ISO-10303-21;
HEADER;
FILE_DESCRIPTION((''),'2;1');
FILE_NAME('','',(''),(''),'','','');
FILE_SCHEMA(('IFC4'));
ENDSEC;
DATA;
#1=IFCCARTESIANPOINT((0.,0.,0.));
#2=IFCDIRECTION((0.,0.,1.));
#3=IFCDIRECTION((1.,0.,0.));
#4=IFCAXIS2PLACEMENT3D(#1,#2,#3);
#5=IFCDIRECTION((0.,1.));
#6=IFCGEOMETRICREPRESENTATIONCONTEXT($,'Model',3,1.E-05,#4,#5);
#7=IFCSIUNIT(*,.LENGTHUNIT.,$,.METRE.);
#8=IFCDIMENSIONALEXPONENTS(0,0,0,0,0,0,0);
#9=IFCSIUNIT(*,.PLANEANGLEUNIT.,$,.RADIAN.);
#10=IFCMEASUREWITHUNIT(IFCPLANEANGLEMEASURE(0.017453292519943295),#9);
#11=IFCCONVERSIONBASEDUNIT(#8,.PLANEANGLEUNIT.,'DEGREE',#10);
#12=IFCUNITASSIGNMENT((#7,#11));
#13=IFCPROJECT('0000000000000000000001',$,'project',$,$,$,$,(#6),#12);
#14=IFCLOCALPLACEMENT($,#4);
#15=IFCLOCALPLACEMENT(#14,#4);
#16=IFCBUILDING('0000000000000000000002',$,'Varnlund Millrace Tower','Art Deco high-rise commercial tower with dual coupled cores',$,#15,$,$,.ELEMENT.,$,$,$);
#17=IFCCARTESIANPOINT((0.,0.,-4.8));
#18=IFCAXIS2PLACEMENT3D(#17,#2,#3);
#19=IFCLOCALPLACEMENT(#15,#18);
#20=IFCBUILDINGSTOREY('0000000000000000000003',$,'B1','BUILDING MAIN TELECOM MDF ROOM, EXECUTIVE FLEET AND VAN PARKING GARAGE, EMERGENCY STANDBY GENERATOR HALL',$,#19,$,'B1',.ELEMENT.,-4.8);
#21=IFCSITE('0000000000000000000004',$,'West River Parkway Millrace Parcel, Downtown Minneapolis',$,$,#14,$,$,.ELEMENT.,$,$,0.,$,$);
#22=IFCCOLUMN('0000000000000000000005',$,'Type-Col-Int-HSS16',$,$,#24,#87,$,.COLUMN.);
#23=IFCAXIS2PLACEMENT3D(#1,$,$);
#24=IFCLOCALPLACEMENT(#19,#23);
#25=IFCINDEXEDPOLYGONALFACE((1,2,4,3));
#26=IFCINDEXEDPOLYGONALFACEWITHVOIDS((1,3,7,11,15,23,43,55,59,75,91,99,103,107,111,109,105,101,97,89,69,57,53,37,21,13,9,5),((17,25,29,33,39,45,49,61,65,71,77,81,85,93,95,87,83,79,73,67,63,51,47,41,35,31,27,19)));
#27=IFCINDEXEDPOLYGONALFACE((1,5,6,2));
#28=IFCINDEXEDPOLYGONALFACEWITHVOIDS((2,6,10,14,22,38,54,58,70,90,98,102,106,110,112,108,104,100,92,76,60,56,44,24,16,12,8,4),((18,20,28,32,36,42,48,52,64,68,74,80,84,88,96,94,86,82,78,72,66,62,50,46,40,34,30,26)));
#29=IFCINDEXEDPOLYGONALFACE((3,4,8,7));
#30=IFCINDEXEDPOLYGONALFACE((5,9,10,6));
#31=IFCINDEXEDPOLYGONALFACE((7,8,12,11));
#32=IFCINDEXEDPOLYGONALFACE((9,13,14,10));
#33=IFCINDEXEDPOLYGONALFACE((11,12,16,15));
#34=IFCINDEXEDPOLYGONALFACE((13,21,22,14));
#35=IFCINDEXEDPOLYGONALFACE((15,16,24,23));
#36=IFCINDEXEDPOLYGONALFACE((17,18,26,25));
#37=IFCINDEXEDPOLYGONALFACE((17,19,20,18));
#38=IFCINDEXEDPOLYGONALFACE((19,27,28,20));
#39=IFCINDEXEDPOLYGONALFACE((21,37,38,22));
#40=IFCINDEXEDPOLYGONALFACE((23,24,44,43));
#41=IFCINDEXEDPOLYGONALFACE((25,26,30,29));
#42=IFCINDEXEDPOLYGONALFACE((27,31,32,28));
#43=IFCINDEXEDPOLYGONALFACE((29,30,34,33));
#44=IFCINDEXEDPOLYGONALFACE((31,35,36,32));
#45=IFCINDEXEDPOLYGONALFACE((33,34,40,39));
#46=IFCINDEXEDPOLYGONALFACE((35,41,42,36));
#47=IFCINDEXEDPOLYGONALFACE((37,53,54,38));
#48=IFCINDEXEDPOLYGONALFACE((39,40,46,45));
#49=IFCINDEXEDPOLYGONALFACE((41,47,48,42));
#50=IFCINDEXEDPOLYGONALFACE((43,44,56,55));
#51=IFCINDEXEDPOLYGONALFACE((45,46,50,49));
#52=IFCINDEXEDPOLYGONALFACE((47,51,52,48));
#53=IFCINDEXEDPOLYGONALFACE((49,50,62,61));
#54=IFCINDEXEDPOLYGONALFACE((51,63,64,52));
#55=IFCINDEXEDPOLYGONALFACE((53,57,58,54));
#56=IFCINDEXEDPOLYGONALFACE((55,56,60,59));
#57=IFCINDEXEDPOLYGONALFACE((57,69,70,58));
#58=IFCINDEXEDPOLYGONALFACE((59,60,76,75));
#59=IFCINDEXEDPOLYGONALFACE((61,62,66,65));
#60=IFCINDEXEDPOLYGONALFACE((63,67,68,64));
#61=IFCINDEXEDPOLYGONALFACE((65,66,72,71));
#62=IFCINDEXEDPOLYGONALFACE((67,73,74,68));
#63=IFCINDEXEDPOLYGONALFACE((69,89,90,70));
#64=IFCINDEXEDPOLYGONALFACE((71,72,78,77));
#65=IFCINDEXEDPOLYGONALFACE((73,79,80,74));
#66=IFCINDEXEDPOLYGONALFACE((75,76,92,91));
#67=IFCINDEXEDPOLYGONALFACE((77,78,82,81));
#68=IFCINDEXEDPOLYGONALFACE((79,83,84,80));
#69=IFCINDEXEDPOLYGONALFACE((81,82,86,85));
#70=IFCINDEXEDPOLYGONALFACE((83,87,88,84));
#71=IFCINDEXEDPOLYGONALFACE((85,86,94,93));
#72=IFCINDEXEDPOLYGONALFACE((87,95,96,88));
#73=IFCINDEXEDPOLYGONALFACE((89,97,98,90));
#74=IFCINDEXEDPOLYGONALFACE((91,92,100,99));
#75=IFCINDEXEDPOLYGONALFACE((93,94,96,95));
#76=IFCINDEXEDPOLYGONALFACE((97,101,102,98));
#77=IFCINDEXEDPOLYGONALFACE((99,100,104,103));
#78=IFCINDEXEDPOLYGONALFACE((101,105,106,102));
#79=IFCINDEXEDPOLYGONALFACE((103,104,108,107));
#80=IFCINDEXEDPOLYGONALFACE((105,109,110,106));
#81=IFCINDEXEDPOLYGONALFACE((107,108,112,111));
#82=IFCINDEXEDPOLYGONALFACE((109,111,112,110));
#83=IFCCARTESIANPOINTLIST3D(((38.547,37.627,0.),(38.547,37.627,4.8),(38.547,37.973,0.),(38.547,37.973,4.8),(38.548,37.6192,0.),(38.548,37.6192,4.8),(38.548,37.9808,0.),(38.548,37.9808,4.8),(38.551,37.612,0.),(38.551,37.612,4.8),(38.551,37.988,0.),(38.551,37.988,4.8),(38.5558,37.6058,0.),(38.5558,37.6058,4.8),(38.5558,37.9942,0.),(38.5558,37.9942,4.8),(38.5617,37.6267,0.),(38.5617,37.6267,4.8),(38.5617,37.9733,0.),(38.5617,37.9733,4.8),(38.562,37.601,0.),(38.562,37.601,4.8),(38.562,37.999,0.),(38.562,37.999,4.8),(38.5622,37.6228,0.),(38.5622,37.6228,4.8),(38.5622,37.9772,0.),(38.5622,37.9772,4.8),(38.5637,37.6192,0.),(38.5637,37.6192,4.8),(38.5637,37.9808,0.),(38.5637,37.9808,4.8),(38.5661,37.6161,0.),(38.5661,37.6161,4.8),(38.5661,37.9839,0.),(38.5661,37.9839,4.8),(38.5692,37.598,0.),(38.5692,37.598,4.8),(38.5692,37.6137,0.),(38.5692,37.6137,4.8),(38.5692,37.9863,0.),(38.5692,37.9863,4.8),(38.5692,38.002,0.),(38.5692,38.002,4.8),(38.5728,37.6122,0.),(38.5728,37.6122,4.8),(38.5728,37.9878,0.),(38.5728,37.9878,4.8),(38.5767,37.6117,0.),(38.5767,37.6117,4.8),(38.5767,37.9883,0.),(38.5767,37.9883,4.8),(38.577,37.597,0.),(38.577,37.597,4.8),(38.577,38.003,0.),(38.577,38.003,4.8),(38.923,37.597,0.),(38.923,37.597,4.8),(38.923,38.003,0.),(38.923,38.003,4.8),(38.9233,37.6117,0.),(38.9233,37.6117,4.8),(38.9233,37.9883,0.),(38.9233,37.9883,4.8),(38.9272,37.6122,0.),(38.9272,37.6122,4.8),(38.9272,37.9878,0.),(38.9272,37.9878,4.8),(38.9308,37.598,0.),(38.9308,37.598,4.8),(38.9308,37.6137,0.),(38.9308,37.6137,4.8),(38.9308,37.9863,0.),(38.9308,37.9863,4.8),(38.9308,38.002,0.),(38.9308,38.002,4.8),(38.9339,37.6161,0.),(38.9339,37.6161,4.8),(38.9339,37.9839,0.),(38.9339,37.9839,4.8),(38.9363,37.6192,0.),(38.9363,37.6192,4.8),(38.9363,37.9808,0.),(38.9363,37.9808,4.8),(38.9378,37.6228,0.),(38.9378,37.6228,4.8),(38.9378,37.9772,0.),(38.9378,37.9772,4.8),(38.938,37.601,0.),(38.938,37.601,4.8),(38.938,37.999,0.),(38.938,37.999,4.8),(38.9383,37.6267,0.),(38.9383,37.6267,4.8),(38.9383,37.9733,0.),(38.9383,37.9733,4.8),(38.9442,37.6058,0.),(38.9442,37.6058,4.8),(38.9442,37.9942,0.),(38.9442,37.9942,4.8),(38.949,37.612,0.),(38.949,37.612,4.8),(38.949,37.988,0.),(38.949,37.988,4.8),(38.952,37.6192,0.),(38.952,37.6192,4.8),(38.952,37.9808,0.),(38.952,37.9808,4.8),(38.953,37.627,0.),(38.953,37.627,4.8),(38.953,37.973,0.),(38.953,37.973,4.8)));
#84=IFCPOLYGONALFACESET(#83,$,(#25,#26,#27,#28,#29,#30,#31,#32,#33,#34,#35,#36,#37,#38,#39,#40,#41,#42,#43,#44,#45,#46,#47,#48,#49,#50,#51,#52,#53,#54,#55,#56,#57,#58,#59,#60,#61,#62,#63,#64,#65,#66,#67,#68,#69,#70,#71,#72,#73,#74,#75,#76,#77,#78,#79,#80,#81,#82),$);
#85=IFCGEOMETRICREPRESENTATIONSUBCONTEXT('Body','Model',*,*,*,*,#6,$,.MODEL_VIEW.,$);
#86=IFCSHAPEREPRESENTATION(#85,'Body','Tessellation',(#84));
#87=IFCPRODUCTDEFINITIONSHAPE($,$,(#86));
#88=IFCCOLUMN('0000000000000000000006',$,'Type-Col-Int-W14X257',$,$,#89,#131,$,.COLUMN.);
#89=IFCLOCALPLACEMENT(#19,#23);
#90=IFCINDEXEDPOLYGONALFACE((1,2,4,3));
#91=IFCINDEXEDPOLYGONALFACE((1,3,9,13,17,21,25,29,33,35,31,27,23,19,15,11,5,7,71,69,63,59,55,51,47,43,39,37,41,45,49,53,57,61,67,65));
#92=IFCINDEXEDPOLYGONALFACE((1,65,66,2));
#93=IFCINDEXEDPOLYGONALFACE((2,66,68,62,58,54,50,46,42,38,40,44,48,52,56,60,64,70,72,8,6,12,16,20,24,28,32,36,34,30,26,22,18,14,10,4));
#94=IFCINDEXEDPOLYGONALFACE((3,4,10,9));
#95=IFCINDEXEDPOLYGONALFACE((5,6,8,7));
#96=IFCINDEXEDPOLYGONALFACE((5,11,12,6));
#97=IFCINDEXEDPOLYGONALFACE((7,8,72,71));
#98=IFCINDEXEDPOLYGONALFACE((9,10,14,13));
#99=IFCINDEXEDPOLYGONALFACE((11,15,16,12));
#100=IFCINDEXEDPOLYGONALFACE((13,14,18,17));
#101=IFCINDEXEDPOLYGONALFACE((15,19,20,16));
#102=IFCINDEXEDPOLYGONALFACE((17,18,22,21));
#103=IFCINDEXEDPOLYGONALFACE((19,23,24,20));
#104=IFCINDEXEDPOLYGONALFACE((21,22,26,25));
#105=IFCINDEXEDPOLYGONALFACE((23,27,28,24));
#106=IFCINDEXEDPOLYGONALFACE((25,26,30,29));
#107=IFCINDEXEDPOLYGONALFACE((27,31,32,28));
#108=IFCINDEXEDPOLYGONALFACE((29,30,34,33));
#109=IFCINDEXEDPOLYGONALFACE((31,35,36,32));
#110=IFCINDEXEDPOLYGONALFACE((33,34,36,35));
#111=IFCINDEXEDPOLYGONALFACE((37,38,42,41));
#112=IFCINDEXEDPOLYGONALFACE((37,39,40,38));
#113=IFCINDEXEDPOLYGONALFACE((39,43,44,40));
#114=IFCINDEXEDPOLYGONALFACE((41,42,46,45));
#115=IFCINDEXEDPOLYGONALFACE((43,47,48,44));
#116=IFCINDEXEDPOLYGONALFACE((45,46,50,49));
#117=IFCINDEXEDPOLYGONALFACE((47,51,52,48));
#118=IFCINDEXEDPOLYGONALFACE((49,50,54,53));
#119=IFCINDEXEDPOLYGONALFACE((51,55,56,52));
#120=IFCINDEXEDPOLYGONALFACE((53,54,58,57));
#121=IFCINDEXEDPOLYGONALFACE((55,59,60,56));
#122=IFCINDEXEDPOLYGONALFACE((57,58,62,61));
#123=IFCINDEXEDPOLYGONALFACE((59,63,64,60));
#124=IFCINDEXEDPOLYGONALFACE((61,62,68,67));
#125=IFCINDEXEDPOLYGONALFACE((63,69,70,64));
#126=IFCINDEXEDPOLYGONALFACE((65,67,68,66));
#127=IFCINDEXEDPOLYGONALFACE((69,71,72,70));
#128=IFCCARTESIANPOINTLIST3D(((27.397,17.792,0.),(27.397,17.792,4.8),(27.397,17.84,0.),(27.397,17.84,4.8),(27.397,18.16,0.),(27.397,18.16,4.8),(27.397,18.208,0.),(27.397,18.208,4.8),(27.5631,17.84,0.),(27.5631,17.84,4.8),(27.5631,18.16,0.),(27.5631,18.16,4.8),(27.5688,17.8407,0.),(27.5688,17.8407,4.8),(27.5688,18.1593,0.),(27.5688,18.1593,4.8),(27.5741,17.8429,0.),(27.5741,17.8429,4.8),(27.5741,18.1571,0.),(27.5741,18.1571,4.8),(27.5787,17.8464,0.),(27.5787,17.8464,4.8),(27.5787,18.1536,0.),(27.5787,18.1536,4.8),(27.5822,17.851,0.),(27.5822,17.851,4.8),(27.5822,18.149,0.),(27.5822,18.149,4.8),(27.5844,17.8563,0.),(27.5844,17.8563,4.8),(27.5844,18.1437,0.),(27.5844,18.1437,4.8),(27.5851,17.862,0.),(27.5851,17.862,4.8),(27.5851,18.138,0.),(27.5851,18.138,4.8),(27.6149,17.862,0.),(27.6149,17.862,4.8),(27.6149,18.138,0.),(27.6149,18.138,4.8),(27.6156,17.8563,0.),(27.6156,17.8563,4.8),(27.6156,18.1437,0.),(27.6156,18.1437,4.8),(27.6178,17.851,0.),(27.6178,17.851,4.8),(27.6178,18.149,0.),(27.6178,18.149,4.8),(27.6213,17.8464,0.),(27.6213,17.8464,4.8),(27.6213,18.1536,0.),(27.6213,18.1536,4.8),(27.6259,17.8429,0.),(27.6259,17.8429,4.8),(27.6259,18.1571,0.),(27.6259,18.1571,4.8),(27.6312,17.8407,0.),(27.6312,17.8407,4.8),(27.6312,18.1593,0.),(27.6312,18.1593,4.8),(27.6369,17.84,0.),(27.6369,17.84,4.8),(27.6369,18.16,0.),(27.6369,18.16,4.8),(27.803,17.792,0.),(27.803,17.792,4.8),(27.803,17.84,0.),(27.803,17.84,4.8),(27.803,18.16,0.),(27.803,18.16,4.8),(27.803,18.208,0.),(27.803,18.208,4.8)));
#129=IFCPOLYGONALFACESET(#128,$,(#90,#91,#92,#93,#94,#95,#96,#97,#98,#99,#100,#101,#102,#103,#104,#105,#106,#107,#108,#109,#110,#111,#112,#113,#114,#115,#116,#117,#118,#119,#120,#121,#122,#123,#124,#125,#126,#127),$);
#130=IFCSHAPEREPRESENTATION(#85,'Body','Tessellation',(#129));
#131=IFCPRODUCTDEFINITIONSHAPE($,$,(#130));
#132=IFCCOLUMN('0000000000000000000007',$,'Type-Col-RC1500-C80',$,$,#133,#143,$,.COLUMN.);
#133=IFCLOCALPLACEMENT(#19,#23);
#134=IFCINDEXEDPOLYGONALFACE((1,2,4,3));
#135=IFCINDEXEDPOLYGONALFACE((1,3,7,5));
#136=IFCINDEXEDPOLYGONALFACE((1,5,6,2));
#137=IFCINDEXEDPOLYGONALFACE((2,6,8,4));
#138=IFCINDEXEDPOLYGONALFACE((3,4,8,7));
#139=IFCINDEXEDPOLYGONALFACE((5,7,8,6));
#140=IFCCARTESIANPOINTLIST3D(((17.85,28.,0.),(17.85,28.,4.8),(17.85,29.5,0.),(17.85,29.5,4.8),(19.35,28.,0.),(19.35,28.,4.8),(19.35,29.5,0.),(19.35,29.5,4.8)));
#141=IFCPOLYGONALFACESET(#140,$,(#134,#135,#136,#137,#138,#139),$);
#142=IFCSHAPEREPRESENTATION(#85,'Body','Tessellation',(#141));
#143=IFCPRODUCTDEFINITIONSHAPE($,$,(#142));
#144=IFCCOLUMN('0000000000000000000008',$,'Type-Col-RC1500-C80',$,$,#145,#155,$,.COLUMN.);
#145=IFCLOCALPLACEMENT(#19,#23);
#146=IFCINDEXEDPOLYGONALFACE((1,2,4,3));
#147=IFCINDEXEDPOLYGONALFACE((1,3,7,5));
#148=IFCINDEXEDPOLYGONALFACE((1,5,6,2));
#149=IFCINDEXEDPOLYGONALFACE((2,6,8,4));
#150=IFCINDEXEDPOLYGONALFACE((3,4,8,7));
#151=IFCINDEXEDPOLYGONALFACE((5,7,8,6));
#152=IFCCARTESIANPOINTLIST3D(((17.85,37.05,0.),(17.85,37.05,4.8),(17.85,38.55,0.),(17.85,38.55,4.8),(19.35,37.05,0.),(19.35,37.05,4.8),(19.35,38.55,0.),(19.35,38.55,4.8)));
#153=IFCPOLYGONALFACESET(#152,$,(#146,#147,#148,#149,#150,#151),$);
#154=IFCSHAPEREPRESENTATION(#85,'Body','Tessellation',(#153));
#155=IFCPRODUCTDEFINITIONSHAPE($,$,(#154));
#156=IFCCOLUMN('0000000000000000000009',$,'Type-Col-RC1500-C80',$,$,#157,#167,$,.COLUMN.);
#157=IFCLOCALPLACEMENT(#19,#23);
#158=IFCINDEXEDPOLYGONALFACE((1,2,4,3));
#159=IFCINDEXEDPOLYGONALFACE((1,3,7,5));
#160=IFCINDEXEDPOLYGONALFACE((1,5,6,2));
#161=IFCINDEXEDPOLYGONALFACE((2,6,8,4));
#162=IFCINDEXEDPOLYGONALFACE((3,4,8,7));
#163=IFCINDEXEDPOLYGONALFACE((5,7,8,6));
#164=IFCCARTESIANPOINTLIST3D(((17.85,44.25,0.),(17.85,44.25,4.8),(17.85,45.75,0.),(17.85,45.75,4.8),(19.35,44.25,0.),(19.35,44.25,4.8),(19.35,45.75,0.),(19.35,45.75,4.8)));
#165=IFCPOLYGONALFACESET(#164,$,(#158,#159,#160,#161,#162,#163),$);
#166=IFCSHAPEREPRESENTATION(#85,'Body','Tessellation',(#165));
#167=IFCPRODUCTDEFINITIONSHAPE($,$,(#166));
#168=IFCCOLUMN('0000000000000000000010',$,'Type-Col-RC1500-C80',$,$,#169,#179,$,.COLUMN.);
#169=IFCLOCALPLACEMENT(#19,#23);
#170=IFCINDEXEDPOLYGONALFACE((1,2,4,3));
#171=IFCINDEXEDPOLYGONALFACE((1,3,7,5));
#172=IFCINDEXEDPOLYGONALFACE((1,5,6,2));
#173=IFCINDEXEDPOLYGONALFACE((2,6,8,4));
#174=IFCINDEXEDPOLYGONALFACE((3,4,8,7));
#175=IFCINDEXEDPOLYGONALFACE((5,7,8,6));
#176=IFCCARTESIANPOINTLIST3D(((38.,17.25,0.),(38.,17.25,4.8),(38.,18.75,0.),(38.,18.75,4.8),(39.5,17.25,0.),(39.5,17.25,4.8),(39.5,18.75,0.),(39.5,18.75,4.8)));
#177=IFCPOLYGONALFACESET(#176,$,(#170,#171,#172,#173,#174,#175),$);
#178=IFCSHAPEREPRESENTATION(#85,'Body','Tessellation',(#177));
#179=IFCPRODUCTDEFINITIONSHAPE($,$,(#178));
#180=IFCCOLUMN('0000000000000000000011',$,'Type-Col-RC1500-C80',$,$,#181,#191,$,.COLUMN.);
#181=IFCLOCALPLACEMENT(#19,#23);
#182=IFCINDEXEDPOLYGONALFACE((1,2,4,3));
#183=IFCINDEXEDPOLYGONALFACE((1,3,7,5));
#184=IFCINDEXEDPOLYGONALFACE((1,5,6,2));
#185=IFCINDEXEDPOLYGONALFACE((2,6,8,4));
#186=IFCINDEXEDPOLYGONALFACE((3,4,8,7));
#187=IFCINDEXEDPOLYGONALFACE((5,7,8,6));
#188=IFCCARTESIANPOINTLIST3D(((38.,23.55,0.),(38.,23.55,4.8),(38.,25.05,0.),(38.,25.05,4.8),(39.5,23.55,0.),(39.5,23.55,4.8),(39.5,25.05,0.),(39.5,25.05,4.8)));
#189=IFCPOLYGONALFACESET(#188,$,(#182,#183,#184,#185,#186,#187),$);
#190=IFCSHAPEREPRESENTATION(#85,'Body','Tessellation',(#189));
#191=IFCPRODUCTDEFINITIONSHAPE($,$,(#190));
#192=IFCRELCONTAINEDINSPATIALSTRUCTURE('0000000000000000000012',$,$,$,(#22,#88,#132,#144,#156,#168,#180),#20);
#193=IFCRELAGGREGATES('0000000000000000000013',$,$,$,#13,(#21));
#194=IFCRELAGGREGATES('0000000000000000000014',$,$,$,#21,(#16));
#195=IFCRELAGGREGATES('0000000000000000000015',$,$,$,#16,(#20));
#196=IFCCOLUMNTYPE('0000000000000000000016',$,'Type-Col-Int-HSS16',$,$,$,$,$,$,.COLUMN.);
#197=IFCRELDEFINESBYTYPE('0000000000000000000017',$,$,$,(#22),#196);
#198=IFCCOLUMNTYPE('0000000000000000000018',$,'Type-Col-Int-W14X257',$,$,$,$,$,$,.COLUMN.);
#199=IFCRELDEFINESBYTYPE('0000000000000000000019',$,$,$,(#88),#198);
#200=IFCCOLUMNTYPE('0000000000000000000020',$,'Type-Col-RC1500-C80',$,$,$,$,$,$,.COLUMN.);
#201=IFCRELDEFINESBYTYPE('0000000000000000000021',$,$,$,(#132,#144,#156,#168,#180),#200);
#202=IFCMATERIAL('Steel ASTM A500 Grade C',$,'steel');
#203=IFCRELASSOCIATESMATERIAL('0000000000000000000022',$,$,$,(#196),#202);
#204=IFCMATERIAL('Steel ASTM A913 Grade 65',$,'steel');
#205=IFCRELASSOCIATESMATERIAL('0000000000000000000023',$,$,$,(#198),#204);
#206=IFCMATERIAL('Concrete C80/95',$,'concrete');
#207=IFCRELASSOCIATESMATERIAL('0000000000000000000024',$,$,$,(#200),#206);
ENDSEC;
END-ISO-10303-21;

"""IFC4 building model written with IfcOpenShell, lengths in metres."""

from ifc_helpers import new_model, entity, si_unit, converted_unit, direction, frame, origin_with_axes, origin_2d_with_axis, place, context, subcontext, project, spatial, rectangle, hollow_rectangle, i_section, extrude, material, material_profile, profile_set, type_object, element, save


model = new_model("IFC4")

# Units and contexts
model_context = context("Model", 3, precision=1e-05, world=origin_with_axes(), true_north=direction((0.0, 1.0)))
body_context = subcontext(model_context, "Body", "Model", "MODEL_VIEW")
ifc_project = project(units=[si_unit("LENGTHUNIT", "METRE"), converted_unit("PLANEANGLEUNIT", "DEGREE", entity("IfcPlaneAngleMeasure", 0.017453292519943295), si_unit("PLANEANGLEUNIT", "RADIAN"), dimensions=[0, 0, 0, 0, 0, 0, 0])], contexts=[model_context])

# Site, building, storey
site_placement = place(None, origin_with_axes())
site = spatial("IfcSite", under=ifc_project, at=site_placement, Name="West River Parkway Millrace Parcel, Downtown Minneapolis", CompositionType="ELEMENT", RefElevation=0.0)
building_placement = place(site_placement, origin_with_axes())
building = spatial("IfcBuilding", under=site, at=building_placement, Name="Varnlund Millrace Tower", Description="Art Deco high-rise commercial tower with dual coupled cores", CompositionType="ELEMENT")
storey_placement = place(building_placement, frame((0.0, 0.0, -4.8), z_axis=(0.0, 0.0, 1.0), x_axis=(1.0, 0.0, 0.0)))
storey = spatial("IfcBuildingStorey", under=building, at=storey_placement, Name="B1", Description="BUILDING MAIN TELECOM MDF ROOM, EXECUTIVE FLEET AND VAN PARKING GARAGE, EMERGENCY STANDBY GENERATOR HALL", LongName="B1", CompositionType="ELEMENT", Elevation=-4.8)

# Columns
ifc_material_1 = material(Name="Steel ASTM A500 Grade C", Category="steel")
ifc_material_profile_1 = material_profile(ifc_material_1, hollow_rectangle(XDim=0.406, YDim=0.406, WallThickness=0.0147, InnerFilletRadius=0.015, OuterFilletRadius=0.03, at=origin_2d_with_axis()), Name="Steel ASTM A500 Grade C")
ifc_profile_set_1 = profile_set([ifc_material_profile_1], Name="Steel ASTM A500 Grade C")
column_type_1 = type_object("IfcColumnType", Name="Type-Col-Int-HSS16", PredefinedType="COLUMN", material=ifc_profile_set_1)
column_1_placement = place(storey_placement, frame((38.75, 37.8, 0.0), z_axis=(0.0, 0.0, 1.0), x_axis=(1.0, 0.0, 0.0)))
element("IfcColumn", 1, at=column_1_placement, inside=storey, type_object=column_type_1, Name="Type-Col-Int-HSS16", PredefinedType="COLUMN", context=body_context, shape_type="SweptSolid", body=[
    extrude(hollow_rectangle(XDim=0.406, YDim=0.406, WallThickness=0.0147, InnerFilletRadius=0.015, OuterFilletRadius=0.03, at=origin_2d_with_axis()), origin_with_axes(), (0.0, 0.0, 1.0), 4.8),
])
ifc_material_2 = material(Name="Steel ASTM A913 Grade 65", Category="steel")
ifc_material_profile_2 = material_profile(ifc_material_2, i_section(OverallWidth=0.406, OverallDepth=0.416, WebThickness=0.0298, FlangeThickness=0.048, FilletRadius=0.022, at=origin_2d_with_axis()), Name="Steel ASTM A913 Grade 65")
ifc_profile_set_2 = profile_set([ifc_material_profile_2], Name="Steel ASTM A913 Grade 65")
column_type_2 = type_object("IfcColumnType", Name="Type-Col-Int-W14X257", PredefinedType="COLUMN", material=ifc_profile_set_2)
column_2_placement = place(storey_placement, frame((27.6, 18.0, 0.0), z_axis=(0.0, 0.0, 1.0), x_axis=(1.0, 0.0, 0.0)))
element("IfcColumn", 2, at=column_2_placement, inside=storey, type_object=column_type_2, Name="Type-Col-Int-W14X257", PredefinedType="COLUMN", context=body_context, shape_type="SweptSolid", body=[
    extrude(i_section(OverallWidth=0.406, OverallDepth=0.416, WebThickness=0.0298, FlangeThickness=0.048, FilletRadius=0.022, at=origin_2d_with_axis()), origin_with_axes(), (0.0, 0.0, 1.0), 4.8),
])
ifc_material_3 = material(Name="Concrete C80/95", Category="concrete")
ifc_material_profile_3 = material_profile(ifc_material_3, rectangle(XDim=1.5, YDim=1.5, at=origin_2d_with_axis()), Name="Concrete C80/95")
ifc_profile_set_3 = profile_set([ifc_material_profile_3], Name="Concrete C80/95")
column_type_3 = type_object("IfcColumnType", Name="Type-Col-RC1500-C80", PredefinedType="COLUMN", material=ifc_profile_set_3)
for number, where, z_axis, x_axis, name in (
    (3, (18.6, 28.75, 0.0), (0.0, 0.0, 1.0), (1.0, 0.0, 0.0), "Type-Col-RC1500-C80"),
    (4, (18.6, 37.8, 0.0), (0.0, 0.0, 1.0), (1.0, 0.0, 0.0), "Type-Col-RC1500-C80"),
    (5, (18.6, 45.0, 0.0), (0.0, 0.0, 1.0), (1.0, 0.0, 0.0), "Type-Col-RC1500-C80"),
    (6, (38.75, 18.0, 0.0), (0.0, 0.0, 1.0), (1.0, 0.0, 0.0), "Type-Col-RC1500-C80"),
    (7, (38.75, 24.3, 0.0), (0.0, 0.0, 1.0), (1.0, 0.0, 0.0), "Type-Col-RC1500-C80"),
):
    element("IfcColumn", number, at=place(storey_placement, frame(where, z_axis=z_axis, x_axis=x_axis)), inside=storey, type_object=column_type_3, Name=name, PredefinedType="COLUMN", context=body_context, shape_type="SweptSolid", body=[
        extrude(rectangle(XDim=1.5, YDim=1.5, at=origin_2d_with_axis()), origin_with_axes(), (0.0, 0.0, 1.0), 4.8),
    ])

save(model, "model.ifc")
